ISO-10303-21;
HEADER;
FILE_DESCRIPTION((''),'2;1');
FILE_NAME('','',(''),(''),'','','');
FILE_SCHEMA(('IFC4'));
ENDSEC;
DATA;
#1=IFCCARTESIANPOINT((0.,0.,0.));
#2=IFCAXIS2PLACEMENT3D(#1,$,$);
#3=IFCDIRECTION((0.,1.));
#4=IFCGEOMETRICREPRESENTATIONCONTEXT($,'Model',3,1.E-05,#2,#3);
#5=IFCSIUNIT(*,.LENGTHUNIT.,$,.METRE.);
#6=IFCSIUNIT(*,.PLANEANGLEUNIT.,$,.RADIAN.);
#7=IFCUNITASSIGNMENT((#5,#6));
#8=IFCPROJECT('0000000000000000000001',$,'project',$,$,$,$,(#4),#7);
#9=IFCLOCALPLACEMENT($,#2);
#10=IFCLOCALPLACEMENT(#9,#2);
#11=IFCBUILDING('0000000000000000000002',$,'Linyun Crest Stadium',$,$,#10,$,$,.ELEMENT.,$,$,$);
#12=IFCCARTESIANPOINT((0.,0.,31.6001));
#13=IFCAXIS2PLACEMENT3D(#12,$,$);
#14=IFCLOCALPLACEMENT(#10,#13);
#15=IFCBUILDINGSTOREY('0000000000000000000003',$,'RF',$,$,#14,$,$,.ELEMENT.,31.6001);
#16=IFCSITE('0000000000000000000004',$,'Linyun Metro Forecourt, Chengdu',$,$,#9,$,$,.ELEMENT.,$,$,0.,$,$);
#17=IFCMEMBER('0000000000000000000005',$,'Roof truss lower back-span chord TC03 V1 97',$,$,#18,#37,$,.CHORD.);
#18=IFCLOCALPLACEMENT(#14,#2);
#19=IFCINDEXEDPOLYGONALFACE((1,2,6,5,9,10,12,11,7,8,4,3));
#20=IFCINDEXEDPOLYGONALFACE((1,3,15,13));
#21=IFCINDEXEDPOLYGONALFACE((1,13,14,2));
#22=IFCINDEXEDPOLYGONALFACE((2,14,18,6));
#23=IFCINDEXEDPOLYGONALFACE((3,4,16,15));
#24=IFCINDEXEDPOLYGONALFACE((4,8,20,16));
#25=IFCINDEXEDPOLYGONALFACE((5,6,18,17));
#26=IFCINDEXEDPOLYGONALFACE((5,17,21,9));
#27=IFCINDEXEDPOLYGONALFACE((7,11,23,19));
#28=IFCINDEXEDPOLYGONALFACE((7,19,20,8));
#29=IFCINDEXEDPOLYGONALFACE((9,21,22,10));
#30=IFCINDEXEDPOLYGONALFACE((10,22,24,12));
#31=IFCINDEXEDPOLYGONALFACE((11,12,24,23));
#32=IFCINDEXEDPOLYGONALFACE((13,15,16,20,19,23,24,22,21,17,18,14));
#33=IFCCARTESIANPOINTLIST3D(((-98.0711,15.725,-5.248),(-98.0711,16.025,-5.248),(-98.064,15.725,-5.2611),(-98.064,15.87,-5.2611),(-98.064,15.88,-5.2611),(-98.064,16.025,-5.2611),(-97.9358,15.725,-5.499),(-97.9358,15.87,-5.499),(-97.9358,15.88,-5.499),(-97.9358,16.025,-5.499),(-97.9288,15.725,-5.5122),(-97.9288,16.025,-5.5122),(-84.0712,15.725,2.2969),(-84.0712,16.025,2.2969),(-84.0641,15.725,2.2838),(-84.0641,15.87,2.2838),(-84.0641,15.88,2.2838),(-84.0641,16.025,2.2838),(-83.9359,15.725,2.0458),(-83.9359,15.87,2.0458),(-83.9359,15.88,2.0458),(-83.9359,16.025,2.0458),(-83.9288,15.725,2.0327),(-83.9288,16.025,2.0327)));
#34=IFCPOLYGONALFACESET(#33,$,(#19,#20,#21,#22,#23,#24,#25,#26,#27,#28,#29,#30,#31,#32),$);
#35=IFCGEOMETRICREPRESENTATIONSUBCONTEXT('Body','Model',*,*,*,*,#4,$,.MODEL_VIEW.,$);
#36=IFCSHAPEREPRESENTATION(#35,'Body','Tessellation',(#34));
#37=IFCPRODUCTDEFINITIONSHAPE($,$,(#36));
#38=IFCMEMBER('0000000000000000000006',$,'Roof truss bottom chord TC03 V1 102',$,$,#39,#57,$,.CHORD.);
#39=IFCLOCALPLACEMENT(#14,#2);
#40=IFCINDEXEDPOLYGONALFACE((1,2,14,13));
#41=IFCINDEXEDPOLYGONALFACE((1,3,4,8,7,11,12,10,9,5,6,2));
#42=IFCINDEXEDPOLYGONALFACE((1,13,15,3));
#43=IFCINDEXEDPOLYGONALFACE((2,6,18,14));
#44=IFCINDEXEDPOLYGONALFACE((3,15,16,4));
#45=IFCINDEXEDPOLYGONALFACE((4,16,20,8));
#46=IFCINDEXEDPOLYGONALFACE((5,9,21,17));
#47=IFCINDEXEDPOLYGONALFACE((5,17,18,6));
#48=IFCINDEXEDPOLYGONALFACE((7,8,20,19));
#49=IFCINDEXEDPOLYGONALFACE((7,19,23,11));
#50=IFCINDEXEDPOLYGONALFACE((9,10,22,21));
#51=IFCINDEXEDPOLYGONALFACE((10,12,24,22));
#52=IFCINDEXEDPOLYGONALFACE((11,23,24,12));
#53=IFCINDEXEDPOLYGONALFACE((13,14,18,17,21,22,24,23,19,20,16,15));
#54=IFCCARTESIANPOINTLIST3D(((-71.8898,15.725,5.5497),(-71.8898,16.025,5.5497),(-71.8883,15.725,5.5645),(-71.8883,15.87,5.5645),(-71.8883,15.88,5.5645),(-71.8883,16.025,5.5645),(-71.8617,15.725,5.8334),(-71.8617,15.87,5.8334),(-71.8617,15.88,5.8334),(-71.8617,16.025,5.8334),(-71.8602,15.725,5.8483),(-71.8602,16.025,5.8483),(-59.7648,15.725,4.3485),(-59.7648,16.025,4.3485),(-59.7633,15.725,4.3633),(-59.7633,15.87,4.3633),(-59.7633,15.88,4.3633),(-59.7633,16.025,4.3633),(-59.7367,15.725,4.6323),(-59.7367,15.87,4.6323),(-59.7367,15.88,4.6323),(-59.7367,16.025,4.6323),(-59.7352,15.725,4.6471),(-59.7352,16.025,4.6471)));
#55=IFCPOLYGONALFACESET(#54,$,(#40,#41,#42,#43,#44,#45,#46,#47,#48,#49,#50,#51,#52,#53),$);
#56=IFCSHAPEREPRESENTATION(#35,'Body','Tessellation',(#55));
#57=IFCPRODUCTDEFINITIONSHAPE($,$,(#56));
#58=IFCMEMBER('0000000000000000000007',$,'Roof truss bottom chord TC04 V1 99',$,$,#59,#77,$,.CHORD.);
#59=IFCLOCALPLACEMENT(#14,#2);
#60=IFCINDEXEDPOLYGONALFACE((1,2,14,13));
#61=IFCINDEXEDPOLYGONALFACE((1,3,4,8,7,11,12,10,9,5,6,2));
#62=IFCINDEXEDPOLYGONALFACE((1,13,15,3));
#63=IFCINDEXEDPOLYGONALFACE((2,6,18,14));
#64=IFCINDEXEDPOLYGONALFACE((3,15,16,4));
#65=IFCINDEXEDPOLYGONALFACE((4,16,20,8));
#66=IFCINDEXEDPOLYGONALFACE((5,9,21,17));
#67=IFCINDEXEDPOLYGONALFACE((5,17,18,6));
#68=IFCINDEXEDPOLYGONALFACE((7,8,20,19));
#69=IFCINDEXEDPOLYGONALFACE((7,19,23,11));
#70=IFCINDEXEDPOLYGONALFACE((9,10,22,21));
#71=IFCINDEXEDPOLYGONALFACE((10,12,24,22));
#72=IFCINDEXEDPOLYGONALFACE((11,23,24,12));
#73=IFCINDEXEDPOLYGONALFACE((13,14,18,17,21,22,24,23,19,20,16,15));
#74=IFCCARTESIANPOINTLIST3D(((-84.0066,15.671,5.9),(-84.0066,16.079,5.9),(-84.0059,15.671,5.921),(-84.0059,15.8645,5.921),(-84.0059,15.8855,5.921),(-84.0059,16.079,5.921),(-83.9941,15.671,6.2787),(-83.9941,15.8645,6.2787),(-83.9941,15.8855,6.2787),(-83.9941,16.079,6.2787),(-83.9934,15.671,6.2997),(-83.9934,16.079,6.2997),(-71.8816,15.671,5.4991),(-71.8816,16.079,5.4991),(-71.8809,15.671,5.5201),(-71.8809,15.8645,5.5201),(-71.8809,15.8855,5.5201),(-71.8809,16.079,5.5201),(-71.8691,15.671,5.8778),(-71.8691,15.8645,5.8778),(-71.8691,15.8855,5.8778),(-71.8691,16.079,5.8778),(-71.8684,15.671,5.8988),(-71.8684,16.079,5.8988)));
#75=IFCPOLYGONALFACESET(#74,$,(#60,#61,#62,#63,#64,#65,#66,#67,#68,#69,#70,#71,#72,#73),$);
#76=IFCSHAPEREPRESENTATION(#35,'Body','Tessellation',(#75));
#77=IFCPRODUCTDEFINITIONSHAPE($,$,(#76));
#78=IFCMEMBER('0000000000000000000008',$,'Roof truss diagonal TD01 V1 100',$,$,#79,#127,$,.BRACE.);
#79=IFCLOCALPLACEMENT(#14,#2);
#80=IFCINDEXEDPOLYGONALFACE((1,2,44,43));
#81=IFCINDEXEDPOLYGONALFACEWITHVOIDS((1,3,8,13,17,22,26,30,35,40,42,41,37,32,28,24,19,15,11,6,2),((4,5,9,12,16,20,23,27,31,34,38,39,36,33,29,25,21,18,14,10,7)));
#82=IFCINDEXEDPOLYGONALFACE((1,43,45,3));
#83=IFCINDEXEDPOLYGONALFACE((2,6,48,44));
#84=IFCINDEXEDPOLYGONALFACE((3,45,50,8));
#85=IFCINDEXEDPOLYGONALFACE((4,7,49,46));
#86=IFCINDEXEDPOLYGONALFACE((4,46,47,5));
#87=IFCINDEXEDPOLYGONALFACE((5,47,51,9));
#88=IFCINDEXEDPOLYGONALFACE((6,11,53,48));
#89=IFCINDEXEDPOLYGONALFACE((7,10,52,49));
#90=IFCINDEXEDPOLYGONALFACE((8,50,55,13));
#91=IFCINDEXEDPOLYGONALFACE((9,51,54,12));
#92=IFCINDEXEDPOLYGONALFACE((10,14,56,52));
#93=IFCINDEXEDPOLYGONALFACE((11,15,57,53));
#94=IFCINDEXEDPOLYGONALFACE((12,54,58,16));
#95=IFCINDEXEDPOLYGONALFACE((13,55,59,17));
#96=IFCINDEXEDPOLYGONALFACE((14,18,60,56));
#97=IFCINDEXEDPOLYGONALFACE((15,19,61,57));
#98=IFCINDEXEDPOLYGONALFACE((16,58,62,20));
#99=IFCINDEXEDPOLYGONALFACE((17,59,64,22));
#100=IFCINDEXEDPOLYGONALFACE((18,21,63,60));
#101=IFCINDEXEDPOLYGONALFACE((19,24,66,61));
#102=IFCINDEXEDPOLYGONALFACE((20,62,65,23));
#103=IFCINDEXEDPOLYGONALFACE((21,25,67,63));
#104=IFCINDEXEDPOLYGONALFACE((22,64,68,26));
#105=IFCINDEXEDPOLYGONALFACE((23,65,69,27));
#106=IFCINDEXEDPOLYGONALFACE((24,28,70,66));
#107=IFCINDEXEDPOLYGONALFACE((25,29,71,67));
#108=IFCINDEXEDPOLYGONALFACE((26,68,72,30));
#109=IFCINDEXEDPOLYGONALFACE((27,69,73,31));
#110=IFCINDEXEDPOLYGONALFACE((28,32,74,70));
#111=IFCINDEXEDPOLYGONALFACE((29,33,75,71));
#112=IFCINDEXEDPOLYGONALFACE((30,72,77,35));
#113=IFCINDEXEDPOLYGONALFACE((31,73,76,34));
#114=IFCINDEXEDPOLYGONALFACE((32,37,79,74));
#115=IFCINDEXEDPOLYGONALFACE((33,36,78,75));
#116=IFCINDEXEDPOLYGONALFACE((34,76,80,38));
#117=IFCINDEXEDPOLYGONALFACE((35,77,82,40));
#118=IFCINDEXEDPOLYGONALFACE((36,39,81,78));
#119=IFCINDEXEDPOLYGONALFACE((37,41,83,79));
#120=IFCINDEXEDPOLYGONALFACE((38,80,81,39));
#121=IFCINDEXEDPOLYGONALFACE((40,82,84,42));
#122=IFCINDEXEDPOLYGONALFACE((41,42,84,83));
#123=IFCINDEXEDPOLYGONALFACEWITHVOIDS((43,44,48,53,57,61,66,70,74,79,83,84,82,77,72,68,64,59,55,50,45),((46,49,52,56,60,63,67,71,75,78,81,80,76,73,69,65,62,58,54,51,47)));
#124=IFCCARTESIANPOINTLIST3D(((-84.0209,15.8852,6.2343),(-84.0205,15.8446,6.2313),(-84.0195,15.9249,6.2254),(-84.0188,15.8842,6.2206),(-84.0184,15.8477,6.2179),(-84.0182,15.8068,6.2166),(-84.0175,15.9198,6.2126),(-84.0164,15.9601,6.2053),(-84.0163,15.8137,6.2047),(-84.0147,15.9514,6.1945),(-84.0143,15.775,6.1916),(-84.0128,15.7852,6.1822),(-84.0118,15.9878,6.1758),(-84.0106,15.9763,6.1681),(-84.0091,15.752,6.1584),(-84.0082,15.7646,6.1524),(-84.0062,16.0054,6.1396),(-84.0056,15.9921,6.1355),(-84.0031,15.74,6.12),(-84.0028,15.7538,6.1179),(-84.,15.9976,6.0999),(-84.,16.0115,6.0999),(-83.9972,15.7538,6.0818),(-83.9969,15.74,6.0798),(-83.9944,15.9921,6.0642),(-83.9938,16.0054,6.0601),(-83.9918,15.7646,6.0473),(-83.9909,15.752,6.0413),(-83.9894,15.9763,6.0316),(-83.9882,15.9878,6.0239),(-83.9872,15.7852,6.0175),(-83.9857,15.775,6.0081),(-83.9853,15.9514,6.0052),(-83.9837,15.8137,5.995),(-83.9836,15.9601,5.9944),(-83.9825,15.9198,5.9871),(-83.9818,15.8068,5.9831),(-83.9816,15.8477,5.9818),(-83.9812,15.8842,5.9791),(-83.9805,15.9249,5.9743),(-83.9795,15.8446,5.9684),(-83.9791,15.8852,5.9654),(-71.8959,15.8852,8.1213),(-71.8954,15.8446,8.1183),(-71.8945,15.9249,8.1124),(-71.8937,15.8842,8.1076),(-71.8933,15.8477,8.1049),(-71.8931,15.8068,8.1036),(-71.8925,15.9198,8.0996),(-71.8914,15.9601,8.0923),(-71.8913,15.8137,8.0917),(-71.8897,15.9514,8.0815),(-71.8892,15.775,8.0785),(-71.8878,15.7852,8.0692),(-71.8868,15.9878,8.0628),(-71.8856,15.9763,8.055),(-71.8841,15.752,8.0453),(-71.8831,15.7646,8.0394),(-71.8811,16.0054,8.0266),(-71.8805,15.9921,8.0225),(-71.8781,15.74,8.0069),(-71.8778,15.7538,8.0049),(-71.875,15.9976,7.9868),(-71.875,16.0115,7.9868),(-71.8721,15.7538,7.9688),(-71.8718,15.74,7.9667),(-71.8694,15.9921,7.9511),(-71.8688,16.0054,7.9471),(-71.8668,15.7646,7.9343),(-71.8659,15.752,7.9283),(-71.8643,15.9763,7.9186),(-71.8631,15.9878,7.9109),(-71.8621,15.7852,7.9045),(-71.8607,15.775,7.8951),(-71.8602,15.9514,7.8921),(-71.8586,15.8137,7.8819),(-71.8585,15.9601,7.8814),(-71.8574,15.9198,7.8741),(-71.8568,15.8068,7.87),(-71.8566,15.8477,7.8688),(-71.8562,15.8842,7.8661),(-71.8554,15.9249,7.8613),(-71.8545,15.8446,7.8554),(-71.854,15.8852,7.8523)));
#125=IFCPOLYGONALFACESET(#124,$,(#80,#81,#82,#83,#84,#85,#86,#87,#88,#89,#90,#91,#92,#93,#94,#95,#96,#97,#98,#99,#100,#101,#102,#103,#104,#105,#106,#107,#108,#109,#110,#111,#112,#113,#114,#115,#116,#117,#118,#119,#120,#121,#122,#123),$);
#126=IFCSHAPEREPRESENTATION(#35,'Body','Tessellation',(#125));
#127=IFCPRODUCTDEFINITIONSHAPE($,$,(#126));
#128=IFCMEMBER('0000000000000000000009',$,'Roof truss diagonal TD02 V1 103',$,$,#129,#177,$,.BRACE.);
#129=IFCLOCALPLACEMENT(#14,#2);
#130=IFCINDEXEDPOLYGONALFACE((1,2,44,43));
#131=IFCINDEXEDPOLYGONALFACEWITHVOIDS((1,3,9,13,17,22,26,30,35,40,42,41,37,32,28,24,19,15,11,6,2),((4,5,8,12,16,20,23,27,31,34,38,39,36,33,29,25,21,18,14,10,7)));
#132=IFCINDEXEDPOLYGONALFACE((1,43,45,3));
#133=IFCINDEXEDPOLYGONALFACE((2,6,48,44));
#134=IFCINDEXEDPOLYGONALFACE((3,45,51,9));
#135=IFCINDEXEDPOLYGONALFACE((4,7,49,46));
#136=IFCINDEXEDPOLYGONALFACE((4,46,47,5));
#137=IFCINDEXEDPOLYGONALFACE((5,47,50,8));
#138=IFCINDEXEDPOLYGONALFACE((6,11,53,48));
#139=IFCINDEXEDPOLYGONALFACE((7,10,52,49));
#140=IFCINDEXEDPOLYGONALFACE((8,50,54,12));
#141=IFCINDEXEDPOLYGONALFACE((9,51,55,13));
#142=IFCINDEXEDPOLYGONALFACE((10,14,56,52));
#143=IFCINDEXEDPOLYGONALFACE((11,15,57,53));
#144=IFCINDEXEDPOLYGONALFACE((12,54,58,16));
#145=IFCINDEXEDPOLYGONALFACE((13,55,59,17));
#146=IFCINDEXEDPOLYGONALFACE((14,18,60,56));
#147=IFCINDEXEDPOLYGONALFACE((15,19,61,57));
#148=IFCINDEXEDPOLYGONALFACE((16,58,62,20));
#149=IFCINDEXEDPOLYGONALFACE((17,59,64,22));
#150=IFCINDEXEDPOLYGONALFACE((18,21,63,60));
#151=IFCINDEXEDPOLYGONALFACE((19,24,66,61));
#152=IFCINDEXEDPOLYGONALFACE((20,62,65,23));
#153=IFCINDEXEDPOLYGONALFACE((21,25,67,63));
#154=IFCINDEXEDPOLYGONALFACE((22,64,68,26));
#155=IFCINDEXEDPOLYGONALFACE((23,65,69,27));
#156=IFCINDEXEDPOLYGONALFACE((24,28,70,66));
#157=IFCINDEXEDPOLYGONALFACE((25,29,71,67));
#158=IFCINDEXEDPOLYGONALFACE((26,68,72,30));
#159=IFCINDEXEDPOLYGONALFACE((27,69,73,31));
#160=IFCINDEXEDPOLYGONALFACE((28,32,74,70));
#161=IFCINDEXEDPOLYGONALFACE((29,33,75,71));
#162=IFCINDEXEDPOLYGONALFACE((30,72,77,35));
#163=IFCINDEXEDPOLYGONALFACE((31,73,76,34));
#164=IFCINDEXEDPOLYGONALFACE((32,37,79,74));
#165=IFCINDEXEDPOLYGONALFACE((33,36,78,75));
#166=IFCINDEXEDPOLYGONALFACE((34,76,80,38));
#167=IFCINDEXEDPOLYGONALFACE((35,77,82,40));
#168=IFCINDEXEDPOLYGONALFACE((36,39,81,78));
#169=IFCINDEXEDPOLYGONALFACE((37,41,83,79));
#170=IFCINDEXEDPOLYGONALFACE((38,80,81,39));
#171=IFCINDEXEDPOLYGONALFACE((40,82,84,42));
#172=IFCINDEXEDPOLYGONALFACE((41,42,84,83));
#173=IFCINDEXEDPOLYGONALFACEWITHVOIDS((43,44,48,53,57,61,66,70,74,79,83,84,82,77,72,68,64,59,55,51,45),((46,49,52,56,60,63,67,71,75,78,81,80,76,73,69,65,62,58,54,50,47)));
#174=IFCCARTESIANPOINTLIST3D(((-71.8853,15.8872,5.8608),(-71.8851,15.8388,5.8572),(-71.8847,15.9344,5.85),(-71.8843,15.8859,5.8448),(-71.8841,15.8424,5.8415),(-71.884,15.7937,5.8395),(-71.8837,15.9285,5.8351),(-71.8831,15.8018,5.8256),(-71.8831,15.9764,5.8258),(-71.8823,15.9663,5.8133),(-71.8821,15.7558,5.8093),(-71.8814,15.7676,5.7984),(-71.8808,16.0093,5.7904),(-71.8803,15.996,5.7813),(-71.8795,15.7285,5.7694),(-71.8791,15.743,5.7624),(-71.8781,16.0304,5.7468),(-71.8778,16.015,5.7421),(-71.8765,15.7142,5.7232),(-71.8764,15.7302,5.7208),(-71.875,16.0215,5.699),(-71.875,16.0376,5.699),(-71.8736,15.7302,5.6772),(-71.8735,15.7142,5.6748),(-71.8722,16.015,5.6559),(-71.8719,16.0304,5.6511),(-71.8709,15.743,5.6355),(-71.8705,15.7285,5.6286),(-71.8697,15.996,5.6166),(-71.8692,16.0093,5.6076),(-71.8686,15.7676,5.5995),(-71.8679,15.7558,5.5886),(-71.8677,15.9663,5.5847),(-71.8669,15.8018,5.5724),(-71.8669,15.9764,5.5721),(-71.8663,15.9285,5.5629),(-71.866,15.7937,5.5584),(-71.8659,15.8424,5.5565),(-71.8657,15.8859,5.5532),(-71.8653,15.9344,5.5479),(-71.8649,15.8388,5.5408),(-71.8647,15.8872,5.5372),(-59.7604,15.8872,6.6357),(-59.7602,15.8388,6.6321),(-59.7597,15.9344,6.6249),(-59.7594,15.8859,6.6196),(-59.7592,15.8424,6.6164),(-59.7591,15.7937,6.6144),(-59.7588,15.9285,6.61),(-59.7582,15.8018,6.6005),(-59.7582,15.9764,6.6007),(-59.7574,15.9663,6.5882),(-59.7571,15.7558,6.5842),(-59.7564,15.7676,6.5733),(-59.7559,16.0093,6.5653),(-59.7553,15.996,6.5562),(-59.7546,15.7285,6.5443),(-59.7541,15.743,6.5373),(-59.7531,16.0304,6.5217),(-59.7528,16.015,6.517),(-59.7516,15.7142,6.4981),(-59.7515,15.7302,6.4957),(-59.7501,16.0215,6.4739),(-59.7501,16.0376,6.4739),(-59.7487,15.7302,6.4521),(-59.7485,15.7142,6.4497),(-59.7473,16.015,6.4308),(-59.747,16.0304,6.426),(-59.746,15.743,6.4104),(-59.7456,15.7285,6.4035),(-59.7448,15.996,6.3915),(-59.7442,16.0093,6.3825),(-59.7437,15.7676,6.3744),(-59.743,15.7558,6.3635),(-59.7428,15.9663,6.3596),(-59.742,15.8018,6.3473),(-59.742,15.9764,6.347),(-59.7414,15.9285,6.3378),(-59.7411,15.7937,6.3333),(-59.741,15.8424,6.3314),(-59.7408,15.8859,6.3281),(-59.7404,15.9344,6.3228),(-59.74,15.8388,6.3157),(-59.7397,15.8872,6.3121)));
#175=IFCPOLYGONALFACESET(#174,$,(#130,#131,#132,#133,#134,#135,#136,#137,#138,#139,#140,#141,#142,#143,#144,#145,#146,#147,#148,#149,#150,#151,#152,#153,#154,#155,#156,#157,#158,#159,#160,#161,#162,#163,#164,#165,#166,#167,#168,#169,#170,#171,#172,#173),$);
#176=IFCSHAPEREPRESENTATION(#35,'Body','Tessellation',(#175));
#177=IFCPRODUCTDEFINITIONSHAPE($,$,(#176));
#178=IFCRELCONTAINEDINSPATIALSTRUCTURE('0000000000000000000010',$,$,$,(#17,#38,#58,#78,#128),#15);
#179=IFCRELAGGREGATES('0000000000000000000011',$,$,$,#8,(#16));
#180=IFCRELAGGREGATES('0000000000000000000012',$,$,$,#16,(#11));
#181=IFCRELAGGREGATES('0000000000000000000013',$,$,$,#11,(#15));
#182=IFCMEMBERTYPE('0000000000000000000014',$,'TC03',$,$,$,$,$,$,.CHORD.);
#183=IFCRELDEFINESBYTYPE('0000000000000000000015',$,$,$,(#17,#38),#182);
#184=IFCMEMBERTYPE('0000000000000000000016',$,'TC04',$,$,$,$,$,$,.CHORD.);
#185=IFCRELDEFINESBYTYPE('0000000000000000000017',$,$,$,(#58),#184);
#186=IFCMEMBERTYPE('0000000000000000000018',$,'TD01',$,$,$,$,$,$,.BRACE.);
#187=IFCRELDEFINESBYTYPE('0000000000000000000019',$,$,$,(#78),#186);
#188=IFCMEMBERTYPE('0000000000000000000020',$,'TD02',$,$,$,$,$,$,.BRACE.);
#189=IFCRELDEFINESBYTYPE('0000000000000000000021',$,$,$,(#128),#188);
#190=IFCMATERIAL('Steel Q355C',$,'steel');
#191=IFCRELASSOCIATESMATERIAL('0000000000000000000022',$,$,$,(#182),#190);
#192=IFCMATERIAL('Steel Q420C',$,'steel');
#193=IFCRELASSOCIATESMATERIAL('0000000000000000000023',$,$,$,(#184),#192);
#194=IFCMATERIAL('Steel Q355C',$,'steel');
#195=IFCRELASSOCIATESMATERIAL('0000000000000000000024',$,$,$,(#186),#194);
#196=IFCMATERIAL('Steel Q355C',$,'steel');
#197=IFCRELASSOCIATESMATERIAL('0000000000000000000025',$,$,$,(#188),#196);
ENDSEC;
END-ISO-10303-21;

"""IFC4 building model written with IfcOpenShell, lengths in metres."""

from ifc_helpers import new_model, si_unit, direction, frame, origin, origin_2d, place, context, subcontext, project, spatial, hollow_circle, i_section, extrude, material, material_profile, profile_set, type_object, element, save


model = new_model("IFC4")

# Units and contexts
model_context = context("Model", 3, precision=1e-05, world=origin(), true_north=direction((0.0, 1.0)))
body_context = subcontext(model_context, "Body", "Model", "MODEL_VIEW")
ifc_project = project(units=[si_unit("LENGTHUNIT", "METRE"), si_unit("PLANEANGLEUNIT", "RADIAN")], contexts=[model_context])

# Site, building, storey
site_placement = place(None, origin())
site = spatial("IfcSite", under=ifc_project, at=site_placement, Name="Linyun Metro Forecourt, Chengdu", CompositionType="ELEMENT", RefElevation=0.0)
building_placement = place(site_placement, origin())
building = spatial("IfcBuilding", under=site, at=building_placement, Name="Linyun Crest Stadium", CompositionType="ELEMENT")
storey_placement = place(building_placement, frame((0.0, 0.0, 31.6001)))
storey = spatial("IfcBuildingStorey", under=building, at=storey_placement, Name="RF", CompositionType="ELEMENT", Elevation=31.6001)

# Members
ifc_material_1 = material(Name="Steel Q355C", Category="steel")
ifc_material_profile_1 = material_profile(ifc_material_1, i_section(OverallWidth=0.3, OverallDepth=0.3, WebThickness=0.01, FlangeThickness=0.0149, at=origin_2d()), Name="HW 300x300")
ifc_profile_set_1 = profile_set([ifc_material_profile_1], Name="Steel Q355C")
member_type_1 = type_object("IfcMemberType", Name="TC03", PredefinedType="CHORD", material=ifc_profile_set_1)
member_1_placement = place(storey_placement, frame((-84.0, 15.875, 2.1648), z_axis=(-0.880301, 0.0, -0.474415), x_axis=(0.0, -1.0, 0.0)))
element("IfcMember", 1, at=member_1_placement, inside=storey, type_object=member_type_1, Name="Roof truss lower back-span chord TC03 V1 97", PredefinedType="CHORD", context=body_context, shape_type="SweptSolid", body=[
    extrude(i_section(OverallWidth=0.3, OverallDepth=0.3, WebThickness=0.01, FlangeThickness=0.0149, at=origin_2d()), origin(), (0.0, 0.0, 1.0), 15.9036),
])
member_2_placement = place(storey_placement, frame((-71.875, 15.875, 5.699), z_axis=(0.995129, 0.0, -0.098583), x_axis=(0.0, 1.0, 0.0)))
element("IfcMember", 2, at=member_2_placement, inside=storey, type_object=member_type_1, Name="Roof truss bottom chord TC03 V1 102", PredefinedType="CHORD", context=body_context, shape_type="SweptSolid", body=[
    extrude(i_section(OverallWidth=0.3, OverallDepth=0.3, WebThickness=0.01, FlangeThickness=0.0149, at=origin_2d()), origin(), (0.0, 0.0, 1.0), 12.1843),
])
ifc_material_2 = material(Name="Steel Q420C", Category="steel")
ifc_material_profile_2 = material_profile(ifc_material_2, i_section(OverallWidth=0.408, OverallDepth=0.3999, WebThickness=0.021, FlangeThickness=0.021, at=origin_2d()), Name="HW 400x408")
ifc_profile_set_2 = profile_set([ifc_material_profile_2], Name="Steel Q420C")
member_type_2 = type_object("IfcMemberType", Name="TC04", PredefinedType="CHORD", material=ifc_profile_set_2)
member_3_placement = place(storey_placement, frame((-84.0, 15.875, 6.0999), z_axis=(0.999454, 0.0, -0.033044), x_axis=(0.0, 1.0, 0.0)))
element("IfcMember", 3, at=member_3_placement, inside=storey, type_object=member_type_2, Name="Roof truss bottom chord TC04 V1 99", PredefinedType="CHORD", context=body_context, shape_type="SweptSolid", body=[
    extrude(i_section(OverallWidth=0.408, OverallDepth=0.3999, WebThickness=0.021, FlangeThickness=0.021, at=origin_2d()), origin(), (0.0, 0.0, 1.0), 12.1316),
])
ifc_material_3 = material(Name="Steel Q355C", Category="steel")
ifc_material_profile_3 = material_profile(ifc_material_3, hollow_circle(Radius=0.1365, WallThickness=0.0139, at=origin_2d()), Name="CHS 273x14")
ifc_profile_set_3 = profile_set([ifc_material_profile_3], Name="Steel Q355C")
member_type_3 = type_object("IfcMemberType", Name="TD01", PredefinedType="BRACE", material=ifc_profile_set_3)
member_4_placement = place(storey_placement, frame((-84.0, 15.875, 6.0999), z_axis=(0.988106, 0.0, 0.153775), x_axis=(0.0, 1.0, 0.0)))
element("IfcMember", 4, at=member_4_placement, inside=storey, type_object=member_type_3, Name="Roof truss diagonal TD01 V1 100", PredefinedType="BRACE", context=body_context, shape_type="SweptSolid", body=[
    extrude(hollow_circle(Radius=0.1365, WallThickness=0.0139, at=origin_2d()), origin(), (0.0, 0.0, 1.0), 12.271),
])
ifc_material_4 = material(Name="Steel Q355C", Category="steel")
ifc_material_profile_4 = material_profile(ifc_material_4, hollow_circle(Radius=0.1626, WallThickness=0.0161, at=origin_2d()), Name="CHS 325x16")
ifc_profile_set_4 = profile_set([ifc_material_profile_4], Name="Steel Q355C")
member_type_4 = type_object("IfcMemberType", Name="TD02", PredefinedType="BRACE", material=ifc_profile_set_4)
member_5_placement = place(storey_placement, frame((-71.875, 15.875, 5.699), z_axis=(0.997964, 0.0, 0.063779), x_axis=(0.0, 1.0, 0.0)))
element("IfcMember", 5, at=member_5_placement, inside=storey, type_object=member_type_4, Name="Roof truss diagonal TD02 V1 103", PredefinedType="BRACE", context=body_context, shape_type="SweptSolid", body=[
    extrude(hollow_circle(Radius=0.1626, WallThickness=0.0161, at=origin_2d()), origin(), (0.0, 0.0, 1.0), 12.1497),
])

save(model, "model.ifc")
